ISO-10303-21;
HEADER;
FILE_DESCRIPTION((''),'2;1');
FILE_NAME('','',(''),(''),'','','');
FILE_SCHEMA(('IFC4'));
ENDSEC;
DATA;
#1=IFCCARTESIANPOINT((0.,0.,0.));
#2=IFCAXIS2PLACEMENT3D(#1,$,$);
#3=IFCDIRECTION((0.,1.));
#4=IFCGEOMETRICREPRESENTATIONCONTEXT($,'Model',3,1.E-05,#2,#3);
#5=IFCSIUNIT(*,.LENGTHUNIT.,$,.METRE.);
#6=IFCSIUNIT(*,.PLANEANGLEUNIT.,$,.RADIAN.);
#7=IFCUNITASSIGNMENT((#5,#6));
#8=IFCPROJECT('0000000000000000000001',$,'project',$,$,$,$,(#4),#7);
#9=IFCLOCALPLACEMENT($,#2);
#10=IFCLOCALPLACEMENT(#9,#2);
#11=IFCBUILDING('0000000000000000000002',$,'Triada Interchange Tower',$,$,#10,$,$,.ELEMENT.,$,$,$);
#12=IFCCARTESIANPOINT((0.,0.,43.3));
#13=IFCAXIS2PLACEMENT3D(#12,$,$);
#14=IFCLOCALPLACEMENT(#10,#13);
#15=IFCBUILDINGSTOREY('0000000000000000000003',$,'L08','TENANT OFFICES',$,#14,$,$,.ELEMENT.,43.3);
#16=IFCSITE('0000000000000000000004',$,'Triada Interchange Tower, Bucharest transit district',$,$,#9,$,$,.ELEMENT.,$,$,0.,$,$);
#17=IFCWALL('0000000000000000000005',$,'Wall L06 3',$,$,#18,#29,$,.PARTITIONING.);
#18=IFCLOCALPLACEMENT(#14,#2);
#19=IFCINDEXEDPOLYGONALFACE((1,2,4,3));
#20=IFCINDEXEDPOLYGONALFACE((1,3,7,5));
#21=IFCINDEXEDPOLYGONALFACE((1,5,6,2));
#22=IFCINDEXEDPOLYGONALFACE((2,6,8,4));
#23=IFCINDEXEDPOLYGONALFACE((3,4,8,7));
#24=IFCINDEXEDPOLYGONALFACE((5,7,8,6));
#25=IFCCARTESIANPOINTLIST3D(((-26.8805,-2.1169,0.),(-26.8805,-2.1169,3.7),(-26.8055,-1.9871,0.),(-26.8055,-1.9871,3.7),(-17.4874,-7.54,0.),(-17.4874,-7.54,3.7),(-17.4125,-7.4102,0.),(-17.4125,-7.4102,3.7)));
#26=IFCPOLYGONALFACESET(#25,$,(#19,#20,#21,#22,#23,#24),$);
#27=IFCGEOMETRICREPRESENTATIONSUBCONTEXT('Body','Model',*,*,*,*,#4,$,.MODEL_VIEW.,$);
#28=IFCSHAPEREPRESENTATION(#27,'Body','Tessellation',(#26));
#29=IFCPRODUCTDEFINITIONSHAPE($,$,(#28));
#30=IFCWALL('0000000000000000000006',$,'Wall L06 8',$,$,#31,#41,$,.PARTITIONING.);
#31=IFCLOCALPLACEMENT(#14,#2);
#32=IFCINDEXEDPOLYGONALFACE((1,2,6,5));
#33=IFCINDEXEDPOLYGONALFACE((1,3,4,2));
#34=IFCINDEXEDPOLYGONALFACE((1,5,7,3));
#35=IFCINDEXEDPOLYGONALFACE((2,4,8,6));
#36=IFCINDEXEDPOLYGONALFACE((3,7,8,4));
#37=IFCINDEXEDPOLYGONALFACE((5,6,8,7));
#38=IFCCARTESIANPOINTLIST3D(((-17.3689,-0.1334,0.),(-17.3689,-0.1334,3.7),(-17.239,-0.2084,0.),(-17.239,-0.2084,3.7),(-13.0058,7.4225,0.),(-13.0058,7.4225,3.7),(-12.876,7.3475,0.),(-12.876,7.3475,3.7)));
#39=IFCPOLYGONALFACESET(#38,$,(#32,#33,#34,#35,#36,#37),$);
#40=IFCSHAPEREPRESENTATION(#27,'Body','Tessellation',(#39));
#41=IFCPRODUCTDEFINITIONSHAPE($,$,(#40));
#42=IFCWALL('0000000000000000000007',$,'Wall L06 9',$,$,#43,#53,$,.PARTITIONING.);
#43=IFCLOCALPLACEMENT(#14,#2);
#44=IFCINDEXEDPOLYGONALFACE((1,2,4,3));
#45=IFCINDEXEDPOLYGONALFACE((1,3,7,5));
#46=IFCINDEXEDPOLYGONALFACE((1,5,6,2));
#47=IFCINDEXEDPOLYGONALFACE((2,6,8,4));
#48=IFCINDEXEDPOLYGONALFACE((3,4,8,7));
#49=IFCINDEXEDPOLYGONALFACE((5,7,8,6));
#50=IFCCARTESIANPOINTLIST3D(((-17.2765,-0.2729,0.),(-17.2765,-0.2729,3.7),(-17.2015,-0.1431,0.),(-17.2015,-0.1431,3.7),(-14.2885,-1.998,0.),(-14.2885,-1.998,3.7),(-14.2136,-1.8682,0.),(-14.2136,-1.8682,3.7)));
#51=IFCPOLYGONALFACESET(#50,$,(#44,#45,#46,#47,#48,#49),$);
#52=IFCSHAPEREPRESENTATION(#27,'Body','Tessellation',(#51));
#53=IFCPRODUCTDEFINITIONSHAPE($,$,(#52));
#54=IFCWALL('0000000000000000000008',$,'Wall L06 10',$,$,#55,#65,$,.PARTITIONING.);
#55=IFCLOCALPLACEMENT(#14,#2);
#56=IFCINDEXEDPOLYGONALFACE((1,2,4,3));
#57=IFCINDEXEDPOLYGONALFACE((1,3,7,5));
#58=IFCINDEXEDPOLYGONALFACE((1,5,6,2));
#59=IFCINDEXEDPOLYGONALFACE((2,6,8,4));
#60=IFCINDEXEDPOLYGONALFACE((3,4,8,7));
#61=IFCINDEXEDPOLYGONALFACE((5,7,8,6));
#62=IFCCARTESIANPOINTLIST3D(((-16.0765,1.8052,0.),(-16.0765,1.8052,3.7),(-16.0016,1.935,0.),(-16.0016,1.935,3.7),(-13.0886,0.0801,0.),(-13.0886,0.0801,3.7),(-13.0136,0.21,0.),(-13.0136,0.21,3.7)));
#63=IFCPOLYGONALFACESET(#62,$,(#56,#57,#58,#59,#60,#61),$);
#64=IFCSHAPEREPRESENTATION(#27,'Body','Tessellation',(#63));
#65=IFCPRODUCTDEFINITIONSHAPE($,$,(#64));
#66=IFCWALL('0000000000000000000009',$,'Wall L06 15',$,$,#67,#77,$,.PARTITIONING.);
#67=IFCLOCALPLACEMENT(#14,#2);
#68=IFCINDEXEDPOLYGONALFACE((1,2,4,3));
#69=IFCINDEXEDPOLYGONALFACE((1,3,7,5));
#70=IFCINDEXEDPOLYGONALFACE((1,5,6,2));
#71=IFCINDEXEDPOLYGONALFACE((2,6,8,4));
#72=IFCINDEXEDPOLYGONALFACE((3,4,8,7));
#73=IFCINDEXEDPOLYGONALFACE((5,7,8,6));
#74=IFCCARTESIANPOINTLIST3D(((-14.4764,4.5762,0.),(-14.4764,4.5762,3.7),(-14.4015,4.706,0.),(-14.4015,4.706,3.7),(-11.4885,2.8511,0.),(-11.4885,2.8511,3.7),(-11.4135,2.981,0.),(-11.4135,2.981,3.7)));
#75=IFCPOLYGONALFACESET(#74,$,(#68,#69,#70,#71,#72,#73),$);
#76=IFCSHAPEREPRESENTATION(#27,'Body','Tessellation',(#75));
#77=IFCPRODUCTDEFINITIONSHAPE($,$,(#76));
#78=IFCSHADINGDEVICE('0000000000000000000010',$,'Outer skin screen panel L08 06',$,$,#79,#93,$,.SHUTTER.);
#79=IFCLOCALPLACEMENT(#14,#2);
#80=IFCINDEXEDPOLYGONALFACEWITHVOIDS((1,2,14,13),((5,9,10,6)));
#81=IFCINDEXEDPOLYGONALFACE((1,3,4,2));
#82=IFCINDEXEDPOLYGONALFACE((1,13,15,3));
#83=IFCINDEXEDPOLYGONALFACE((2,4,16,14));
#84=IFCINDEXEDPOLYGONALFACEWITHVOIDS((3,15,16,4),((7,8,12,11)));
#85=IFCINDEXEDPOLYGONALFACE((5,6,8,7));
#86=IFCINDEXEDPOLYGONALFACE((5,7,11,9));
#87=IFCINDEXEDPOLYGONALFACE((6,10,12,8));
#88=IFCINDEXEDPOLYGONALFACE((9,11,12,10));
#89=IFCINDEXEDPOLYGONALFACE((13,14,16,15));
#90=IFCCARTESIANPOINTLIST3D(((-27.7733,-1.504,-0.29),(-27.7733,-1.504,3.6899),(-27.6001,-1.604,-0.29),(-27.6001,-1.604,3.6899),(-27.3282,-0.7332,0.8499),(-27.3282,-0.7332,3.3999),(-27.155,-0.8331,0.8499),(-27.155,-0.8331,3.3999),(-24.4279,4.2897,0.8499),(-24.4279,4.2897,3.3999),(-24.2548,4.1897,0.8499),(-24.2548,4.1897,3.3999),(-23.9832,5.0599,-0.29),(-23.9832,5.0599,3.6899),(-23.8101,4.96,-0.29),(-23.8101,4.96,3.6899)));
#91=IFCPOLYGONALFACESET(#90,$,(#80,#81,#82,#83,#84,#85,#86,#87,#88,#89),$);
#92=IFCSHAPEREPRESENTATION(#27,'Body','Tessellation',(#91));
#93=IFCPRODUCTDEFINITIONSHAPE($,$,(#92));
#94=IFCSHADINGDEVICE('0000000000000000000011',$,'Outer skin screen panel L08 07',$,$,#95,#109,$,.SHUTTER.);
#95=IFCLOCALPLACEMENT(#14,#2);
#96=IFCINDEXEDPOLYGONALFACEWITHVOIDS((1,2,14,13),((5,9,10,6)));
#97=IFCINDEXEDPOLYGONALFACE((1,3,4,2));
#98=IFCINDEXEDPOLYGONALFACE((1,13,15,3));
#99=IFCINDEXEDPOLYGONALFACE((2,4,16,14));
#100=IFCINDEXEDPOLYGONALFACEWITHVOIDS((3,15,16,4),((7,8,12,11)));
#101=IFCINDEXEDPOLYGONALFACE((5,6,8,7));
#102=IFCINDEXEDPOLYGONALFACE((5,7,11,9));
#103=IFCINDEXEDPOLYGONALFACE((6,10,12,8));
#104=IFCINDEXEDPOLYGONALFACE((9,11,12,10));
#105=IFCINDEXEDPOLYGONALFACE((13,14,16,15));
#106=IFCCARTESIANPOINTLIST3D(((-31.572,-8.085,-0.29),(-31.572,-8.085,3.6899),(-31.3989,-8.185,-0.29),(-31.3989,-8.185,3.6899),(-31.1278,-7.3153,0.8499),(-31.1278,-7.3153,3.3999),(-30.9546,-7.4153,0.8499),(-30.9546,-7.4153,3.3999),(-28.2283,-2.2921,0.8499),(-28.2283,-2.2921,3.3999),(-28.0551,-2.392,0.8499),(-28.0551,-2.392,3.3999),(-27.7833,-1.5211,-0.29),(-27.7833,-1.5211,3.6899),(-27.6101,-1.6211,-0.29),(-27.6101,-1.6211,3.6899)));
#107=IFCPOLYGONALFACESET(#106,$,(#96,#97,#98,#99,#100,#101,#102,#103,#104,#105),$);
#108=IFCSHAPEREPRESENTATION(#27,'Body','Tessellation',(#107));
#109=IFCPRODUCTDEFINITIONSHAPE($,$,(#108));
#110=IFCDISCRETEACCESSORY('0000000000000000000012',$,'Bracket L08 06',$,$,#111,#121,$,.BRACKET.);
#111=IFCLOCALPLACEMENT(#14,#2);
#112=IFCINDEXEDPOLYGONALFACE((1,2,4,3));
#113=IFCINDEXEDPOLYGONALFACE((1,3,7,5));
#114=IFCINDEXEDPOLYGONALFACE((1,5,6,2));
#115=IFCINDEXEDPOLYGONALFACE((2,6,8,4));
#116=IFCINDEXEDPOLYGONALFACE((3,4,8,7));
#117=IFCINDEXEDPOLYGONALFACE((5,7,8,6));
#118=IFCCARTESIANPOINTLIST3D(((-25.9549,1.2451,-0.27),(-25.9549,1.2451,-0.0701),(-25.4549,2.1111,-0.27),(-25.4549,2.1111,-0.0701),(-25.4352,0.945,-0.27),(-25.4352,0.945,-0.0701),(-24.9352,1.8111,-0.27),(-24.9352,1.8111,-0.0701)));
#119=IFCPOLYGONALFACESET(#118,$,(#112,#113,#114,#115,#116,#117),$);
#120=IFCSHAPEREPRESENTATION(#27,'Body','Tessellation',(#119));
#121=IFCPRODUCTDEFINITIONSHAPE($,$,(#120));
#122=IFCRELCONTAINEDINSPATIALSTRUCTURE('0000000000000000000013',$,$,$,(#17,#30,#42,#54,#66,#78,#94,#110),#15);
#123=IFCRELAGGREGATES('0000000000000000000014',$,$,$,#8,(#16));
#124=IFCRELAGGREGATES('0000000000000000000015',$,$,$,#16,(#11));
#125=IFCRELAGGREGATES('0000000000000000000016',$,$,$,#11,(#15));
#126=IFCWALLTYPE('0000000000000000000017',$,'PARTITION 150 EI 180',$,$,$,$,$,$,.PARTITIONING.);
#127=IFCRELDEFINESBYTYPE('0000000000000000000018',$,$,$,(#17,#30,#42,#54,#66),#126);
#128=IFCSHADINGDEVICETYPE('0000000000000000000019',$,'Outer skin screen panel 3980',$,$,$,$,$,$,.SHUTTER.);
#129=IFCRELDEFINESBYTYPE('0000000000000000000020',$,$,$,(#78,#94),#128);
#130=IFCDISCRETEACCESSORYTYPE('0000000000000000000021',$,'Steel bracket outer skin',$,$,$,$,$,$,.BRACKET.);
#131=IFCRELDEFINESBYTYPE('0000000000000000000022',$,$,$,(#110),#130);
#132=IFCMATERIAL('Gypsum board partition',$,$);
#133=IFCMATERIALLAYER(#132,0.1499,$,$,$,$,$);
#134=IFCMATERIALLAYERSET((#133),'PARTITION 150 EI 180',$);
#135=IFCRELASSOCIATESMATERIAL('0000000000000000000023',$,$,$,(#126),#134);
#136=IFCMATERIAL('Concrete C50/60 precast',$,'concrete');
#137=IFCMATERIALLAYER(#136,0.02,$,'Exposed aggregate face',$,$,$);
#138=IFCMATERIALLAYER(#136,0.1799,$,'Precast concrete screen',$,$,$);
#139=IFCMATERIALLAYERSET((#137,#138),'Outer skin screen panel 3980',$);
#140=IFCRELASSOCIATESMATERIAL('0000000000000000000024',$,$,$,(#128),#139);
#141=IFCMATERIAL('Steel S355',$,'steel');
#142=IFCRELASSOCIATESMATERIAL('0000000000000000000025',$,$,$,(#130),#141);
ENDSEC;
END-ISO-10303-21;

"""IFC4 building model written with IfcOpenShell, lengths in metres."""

from ifc_helpers import new_model, si_unit, direction, frame, frame_2d, origin, origin_2d, place, context, subcontext, project, spatial, polyline, rectangle, outline, extrude, material, layer, layer_set, type_object, element, save


model = new_model("IFC4")

# Units and contexts
model_context = context("Model", 3, precision=1e-05, world=origin(), true_north=direction((0.0, 1.0)))
body_context = subcontext(model_context, "Body", "Model", "MODEL_VIEW")
ifc_project = project(units=[si_unit("LENGTHUNIT", "METRE"), si_unit("PLANEANGLEUNIT", "RADIAN")], contexts=[model_context])

# Site, building, storey
site_placement = place(None, origin())
site = spatial("IfcSite", under=ifc_project, at=site_placement, Name="Triada Interchange Tower, Bucharest transit district", CompositionType="ELEMENT", RefElevation=0.0)
building_placement = place(site_placement, origin())
building = spatial("IfcBuilding", under=site, at=building_placement, Name="Triada Interchange Tower", CompositionType="ELEMENT")
storey_placement = place(building_placement, frame((0.0, 0.0, 43.3)))
storey = spatial("IfcBuildingStorey", under=building, at=storey_placement, Name="L08", Description="TENANT OFFICES", CompositionType="ELEMENT", Elevation=43.3)

# Walls
ifc_material_1 = material(Name="Gypsum board partition")
ifc_layer_1 = layer(ifc_material_1, 0.1499)
ifc_layer_set_1 = layer_set([ifc_layer_1], Name="PARTITION 150 EI 180")
wall_type_1 = type_object("IfcWallType", Name="PARTITION 150 EI 180", PredefinedType="PARTITIONING", material=ifc_layer_set_1)
wall_1_placement = place(storey_placement, frame((-26.843, -2.052, 0.0), z_axis=(0.0, 0.0, 1.0), x_axis=(0.866025, -0.5, 0.0)))
element("IfcWall", 1, at=wall_1_placement, inside=storey, type_object=wall_type_1, Name="Wall L06 3", PredefinedType="PARTITIONING", context=body_context, shape_type="SweptSolid", body=[
    extrude(rectangle(XDim=10.8462, YDim=0.1499, at=frame_2d((5.4231, 0.0))), origin(), (0.0, 0.0, 1.0), 3.7),
])
wall_2_placement = place(storey_placement, frame((-17.304, -0.1709, 0.0), z_axis=(0.0, 0.0, 1.0), x_axis=(0.500054, 0.865994, 0.0)))
element("IfcWall", 2, at=wall_2_placement, inside=storey, type_object=wall_type_1, Name="Wall L06 8", PredefinedType="PARTITIONING", context=body_context, shape_type="SweptSolid", body=[
    extrude(rectangle(XDim=8.7251, YDim=0.1499, at=frame_2d((4.3625, 0.0))), origin(), (0.0, 0.0, 1.0), 3.7),
])
for number, where, z_axis, x_axis, name in (
    (3, (-17.239, -0.208, 0.0), (0.0, 0.0, 1.0), (0.866031, -0.49999, 0.0), "Wall L06 9"),
    (4, (-16.0391, 1.8701, 0.0), (0.0, 0.0, 1.0), (0.866031, -0.49999, 0.0), "Wall L06 10"),
    (5, (-14.439, 4.6411, 0.0), (0.0, 0.0, 1.0), (0.866031, -0.49999, 0.0), "Wall L06 15"),
):
    element("IfcWall", number, at=place(storey_placement, frame(where, z_axis=z_axis, x_axis=x_axis)), inside=storey, type_object=wall_type_1, Name=name, PredefinedType="PARTITIONING", context=body_context, shape_type="SweptSolid", body=[
        extrude(rectangle(XDim=3.4502, YDim=0.1499, at=frame_2d((1.7251, 0.0))), origin(), (0.0, 0.0, 1.0), 3.7),
    ])

# Shading devices
ifc_material_2 = material(Name="Concrete C50/60 precast", Category="concrete")
ifc_layer_2 = layer(ifc_material_2, 0.02, Name="Exposed aggregate face")
ifc_layer_3 = layer(ifc_material_2, 0.1799, Name="Precast concrete screen")
ifc_layer_set_2 = layer_set([ifc_layer_2, ifc_layer_3], Name="Outer skin screen panel 3980")
shading_device_type = type_object("IfcShadingDeviceType", Name="Outer skin screen panel 3980", PredefinedType="SHUTTER", material=ifc_layer_set_2)
shading_device_1_placement = place(storey_placement, frame((-23.8101, 4.96, -0.29), z_axis=(0.0, 0.0, 1.0), x_axis=(-0.500033, -0.866006, 0.0)))
element("IfcShadingDevice", 6, at=shading_device_1_placement, inside=storey, type_object=shading_device_type, Name="Outer skin screen panel L08 06", PredefinedType="SHUTTER", context=body_context, shape_type="SweptSolid", body=[
    extrude(outline(polyline([(0.0, 0.0), (7.5796, 0.0), (7.5796, 3.98), (0.0, 3.98), (0.0, 0.0)]), holes=[polyline([(0.8894, 1.1399), (0.8894, 3.6899), (6.6895, 3.6899), (6.6895, 1.1399), (0.8894, 1.1399)])]), frame((0.0, 0.0, 0.0), z_axis=(0.0, -1.0, 0.0), x_axis=(1.0, 0.0, 0.0)), (0.0, 0.0, 1.0), 0.2),
])
shading_device_2_placement = place(storey_placement, frame((-27.6101, -1.6211, -0.29), z_axis=(0.0, 0.0, 1.0), x_axis=(-0.499912, -0.866076, 0.0)))
element("IfcShadingDevice", 7, at=shading_device_2_placement, inside=storey, type_object=shading_device_type, Name="Outer skin screen panel L08 07", PredefinedType="SHUTTER", context=body_context, shape_type="SweptSolid", body=[
    extrude(outline(polyline([(0.0, 0.0), (7.5789, 0.0), (7.5789, 3.98), (0.0, 3.98), (0.0, 0.0)]), holes=[polyline([(0.8901, 1.1399), (0.8901, 3.6899), (6.6902, 3.6899), (6.6902, 1.1399), (0.8901, 1.1399)])]), frame((0.0, 0.0, 0.0), z_axis=(0.0, -1.0, 0.0), x_axis=(1.0, 0.0, 0.0)), (0.0, 0.0, 1.0), 0.2),
])

# Discrete accessory
ifc_material_3 = material(Name="Steel S355", Category="steel")
discrete_accessory_type = type_object("IfcDiscreteAccessoryType", Name="Steel bracket outer skin", PredefinedType="BRACKET", material=ifc_material_3)
discrete_accessory_placement = place(storey_placement, frame((-25.4451, 1.5281, -0.27), z_axis=(0.0, 0.0, 1.0), x_axis=(-0.866021, 0.500008, 0.0)))
element("IfcDiscreteAccessory", 8, at=discrete_accessory_placement, inside=storey, type_object=discrete_accessory_type, Name="Bracket L08 06", PredefinedType="BRACKET", context=body_context, shape_type="SweptSolid", body=[
    extrude(rectangle(XDim=0.6001, YDim=1.0, at=origin_2d()), origin(), (0.0, 0.0, 1.0), 0.2),
])

save(model, "model.ifc")
